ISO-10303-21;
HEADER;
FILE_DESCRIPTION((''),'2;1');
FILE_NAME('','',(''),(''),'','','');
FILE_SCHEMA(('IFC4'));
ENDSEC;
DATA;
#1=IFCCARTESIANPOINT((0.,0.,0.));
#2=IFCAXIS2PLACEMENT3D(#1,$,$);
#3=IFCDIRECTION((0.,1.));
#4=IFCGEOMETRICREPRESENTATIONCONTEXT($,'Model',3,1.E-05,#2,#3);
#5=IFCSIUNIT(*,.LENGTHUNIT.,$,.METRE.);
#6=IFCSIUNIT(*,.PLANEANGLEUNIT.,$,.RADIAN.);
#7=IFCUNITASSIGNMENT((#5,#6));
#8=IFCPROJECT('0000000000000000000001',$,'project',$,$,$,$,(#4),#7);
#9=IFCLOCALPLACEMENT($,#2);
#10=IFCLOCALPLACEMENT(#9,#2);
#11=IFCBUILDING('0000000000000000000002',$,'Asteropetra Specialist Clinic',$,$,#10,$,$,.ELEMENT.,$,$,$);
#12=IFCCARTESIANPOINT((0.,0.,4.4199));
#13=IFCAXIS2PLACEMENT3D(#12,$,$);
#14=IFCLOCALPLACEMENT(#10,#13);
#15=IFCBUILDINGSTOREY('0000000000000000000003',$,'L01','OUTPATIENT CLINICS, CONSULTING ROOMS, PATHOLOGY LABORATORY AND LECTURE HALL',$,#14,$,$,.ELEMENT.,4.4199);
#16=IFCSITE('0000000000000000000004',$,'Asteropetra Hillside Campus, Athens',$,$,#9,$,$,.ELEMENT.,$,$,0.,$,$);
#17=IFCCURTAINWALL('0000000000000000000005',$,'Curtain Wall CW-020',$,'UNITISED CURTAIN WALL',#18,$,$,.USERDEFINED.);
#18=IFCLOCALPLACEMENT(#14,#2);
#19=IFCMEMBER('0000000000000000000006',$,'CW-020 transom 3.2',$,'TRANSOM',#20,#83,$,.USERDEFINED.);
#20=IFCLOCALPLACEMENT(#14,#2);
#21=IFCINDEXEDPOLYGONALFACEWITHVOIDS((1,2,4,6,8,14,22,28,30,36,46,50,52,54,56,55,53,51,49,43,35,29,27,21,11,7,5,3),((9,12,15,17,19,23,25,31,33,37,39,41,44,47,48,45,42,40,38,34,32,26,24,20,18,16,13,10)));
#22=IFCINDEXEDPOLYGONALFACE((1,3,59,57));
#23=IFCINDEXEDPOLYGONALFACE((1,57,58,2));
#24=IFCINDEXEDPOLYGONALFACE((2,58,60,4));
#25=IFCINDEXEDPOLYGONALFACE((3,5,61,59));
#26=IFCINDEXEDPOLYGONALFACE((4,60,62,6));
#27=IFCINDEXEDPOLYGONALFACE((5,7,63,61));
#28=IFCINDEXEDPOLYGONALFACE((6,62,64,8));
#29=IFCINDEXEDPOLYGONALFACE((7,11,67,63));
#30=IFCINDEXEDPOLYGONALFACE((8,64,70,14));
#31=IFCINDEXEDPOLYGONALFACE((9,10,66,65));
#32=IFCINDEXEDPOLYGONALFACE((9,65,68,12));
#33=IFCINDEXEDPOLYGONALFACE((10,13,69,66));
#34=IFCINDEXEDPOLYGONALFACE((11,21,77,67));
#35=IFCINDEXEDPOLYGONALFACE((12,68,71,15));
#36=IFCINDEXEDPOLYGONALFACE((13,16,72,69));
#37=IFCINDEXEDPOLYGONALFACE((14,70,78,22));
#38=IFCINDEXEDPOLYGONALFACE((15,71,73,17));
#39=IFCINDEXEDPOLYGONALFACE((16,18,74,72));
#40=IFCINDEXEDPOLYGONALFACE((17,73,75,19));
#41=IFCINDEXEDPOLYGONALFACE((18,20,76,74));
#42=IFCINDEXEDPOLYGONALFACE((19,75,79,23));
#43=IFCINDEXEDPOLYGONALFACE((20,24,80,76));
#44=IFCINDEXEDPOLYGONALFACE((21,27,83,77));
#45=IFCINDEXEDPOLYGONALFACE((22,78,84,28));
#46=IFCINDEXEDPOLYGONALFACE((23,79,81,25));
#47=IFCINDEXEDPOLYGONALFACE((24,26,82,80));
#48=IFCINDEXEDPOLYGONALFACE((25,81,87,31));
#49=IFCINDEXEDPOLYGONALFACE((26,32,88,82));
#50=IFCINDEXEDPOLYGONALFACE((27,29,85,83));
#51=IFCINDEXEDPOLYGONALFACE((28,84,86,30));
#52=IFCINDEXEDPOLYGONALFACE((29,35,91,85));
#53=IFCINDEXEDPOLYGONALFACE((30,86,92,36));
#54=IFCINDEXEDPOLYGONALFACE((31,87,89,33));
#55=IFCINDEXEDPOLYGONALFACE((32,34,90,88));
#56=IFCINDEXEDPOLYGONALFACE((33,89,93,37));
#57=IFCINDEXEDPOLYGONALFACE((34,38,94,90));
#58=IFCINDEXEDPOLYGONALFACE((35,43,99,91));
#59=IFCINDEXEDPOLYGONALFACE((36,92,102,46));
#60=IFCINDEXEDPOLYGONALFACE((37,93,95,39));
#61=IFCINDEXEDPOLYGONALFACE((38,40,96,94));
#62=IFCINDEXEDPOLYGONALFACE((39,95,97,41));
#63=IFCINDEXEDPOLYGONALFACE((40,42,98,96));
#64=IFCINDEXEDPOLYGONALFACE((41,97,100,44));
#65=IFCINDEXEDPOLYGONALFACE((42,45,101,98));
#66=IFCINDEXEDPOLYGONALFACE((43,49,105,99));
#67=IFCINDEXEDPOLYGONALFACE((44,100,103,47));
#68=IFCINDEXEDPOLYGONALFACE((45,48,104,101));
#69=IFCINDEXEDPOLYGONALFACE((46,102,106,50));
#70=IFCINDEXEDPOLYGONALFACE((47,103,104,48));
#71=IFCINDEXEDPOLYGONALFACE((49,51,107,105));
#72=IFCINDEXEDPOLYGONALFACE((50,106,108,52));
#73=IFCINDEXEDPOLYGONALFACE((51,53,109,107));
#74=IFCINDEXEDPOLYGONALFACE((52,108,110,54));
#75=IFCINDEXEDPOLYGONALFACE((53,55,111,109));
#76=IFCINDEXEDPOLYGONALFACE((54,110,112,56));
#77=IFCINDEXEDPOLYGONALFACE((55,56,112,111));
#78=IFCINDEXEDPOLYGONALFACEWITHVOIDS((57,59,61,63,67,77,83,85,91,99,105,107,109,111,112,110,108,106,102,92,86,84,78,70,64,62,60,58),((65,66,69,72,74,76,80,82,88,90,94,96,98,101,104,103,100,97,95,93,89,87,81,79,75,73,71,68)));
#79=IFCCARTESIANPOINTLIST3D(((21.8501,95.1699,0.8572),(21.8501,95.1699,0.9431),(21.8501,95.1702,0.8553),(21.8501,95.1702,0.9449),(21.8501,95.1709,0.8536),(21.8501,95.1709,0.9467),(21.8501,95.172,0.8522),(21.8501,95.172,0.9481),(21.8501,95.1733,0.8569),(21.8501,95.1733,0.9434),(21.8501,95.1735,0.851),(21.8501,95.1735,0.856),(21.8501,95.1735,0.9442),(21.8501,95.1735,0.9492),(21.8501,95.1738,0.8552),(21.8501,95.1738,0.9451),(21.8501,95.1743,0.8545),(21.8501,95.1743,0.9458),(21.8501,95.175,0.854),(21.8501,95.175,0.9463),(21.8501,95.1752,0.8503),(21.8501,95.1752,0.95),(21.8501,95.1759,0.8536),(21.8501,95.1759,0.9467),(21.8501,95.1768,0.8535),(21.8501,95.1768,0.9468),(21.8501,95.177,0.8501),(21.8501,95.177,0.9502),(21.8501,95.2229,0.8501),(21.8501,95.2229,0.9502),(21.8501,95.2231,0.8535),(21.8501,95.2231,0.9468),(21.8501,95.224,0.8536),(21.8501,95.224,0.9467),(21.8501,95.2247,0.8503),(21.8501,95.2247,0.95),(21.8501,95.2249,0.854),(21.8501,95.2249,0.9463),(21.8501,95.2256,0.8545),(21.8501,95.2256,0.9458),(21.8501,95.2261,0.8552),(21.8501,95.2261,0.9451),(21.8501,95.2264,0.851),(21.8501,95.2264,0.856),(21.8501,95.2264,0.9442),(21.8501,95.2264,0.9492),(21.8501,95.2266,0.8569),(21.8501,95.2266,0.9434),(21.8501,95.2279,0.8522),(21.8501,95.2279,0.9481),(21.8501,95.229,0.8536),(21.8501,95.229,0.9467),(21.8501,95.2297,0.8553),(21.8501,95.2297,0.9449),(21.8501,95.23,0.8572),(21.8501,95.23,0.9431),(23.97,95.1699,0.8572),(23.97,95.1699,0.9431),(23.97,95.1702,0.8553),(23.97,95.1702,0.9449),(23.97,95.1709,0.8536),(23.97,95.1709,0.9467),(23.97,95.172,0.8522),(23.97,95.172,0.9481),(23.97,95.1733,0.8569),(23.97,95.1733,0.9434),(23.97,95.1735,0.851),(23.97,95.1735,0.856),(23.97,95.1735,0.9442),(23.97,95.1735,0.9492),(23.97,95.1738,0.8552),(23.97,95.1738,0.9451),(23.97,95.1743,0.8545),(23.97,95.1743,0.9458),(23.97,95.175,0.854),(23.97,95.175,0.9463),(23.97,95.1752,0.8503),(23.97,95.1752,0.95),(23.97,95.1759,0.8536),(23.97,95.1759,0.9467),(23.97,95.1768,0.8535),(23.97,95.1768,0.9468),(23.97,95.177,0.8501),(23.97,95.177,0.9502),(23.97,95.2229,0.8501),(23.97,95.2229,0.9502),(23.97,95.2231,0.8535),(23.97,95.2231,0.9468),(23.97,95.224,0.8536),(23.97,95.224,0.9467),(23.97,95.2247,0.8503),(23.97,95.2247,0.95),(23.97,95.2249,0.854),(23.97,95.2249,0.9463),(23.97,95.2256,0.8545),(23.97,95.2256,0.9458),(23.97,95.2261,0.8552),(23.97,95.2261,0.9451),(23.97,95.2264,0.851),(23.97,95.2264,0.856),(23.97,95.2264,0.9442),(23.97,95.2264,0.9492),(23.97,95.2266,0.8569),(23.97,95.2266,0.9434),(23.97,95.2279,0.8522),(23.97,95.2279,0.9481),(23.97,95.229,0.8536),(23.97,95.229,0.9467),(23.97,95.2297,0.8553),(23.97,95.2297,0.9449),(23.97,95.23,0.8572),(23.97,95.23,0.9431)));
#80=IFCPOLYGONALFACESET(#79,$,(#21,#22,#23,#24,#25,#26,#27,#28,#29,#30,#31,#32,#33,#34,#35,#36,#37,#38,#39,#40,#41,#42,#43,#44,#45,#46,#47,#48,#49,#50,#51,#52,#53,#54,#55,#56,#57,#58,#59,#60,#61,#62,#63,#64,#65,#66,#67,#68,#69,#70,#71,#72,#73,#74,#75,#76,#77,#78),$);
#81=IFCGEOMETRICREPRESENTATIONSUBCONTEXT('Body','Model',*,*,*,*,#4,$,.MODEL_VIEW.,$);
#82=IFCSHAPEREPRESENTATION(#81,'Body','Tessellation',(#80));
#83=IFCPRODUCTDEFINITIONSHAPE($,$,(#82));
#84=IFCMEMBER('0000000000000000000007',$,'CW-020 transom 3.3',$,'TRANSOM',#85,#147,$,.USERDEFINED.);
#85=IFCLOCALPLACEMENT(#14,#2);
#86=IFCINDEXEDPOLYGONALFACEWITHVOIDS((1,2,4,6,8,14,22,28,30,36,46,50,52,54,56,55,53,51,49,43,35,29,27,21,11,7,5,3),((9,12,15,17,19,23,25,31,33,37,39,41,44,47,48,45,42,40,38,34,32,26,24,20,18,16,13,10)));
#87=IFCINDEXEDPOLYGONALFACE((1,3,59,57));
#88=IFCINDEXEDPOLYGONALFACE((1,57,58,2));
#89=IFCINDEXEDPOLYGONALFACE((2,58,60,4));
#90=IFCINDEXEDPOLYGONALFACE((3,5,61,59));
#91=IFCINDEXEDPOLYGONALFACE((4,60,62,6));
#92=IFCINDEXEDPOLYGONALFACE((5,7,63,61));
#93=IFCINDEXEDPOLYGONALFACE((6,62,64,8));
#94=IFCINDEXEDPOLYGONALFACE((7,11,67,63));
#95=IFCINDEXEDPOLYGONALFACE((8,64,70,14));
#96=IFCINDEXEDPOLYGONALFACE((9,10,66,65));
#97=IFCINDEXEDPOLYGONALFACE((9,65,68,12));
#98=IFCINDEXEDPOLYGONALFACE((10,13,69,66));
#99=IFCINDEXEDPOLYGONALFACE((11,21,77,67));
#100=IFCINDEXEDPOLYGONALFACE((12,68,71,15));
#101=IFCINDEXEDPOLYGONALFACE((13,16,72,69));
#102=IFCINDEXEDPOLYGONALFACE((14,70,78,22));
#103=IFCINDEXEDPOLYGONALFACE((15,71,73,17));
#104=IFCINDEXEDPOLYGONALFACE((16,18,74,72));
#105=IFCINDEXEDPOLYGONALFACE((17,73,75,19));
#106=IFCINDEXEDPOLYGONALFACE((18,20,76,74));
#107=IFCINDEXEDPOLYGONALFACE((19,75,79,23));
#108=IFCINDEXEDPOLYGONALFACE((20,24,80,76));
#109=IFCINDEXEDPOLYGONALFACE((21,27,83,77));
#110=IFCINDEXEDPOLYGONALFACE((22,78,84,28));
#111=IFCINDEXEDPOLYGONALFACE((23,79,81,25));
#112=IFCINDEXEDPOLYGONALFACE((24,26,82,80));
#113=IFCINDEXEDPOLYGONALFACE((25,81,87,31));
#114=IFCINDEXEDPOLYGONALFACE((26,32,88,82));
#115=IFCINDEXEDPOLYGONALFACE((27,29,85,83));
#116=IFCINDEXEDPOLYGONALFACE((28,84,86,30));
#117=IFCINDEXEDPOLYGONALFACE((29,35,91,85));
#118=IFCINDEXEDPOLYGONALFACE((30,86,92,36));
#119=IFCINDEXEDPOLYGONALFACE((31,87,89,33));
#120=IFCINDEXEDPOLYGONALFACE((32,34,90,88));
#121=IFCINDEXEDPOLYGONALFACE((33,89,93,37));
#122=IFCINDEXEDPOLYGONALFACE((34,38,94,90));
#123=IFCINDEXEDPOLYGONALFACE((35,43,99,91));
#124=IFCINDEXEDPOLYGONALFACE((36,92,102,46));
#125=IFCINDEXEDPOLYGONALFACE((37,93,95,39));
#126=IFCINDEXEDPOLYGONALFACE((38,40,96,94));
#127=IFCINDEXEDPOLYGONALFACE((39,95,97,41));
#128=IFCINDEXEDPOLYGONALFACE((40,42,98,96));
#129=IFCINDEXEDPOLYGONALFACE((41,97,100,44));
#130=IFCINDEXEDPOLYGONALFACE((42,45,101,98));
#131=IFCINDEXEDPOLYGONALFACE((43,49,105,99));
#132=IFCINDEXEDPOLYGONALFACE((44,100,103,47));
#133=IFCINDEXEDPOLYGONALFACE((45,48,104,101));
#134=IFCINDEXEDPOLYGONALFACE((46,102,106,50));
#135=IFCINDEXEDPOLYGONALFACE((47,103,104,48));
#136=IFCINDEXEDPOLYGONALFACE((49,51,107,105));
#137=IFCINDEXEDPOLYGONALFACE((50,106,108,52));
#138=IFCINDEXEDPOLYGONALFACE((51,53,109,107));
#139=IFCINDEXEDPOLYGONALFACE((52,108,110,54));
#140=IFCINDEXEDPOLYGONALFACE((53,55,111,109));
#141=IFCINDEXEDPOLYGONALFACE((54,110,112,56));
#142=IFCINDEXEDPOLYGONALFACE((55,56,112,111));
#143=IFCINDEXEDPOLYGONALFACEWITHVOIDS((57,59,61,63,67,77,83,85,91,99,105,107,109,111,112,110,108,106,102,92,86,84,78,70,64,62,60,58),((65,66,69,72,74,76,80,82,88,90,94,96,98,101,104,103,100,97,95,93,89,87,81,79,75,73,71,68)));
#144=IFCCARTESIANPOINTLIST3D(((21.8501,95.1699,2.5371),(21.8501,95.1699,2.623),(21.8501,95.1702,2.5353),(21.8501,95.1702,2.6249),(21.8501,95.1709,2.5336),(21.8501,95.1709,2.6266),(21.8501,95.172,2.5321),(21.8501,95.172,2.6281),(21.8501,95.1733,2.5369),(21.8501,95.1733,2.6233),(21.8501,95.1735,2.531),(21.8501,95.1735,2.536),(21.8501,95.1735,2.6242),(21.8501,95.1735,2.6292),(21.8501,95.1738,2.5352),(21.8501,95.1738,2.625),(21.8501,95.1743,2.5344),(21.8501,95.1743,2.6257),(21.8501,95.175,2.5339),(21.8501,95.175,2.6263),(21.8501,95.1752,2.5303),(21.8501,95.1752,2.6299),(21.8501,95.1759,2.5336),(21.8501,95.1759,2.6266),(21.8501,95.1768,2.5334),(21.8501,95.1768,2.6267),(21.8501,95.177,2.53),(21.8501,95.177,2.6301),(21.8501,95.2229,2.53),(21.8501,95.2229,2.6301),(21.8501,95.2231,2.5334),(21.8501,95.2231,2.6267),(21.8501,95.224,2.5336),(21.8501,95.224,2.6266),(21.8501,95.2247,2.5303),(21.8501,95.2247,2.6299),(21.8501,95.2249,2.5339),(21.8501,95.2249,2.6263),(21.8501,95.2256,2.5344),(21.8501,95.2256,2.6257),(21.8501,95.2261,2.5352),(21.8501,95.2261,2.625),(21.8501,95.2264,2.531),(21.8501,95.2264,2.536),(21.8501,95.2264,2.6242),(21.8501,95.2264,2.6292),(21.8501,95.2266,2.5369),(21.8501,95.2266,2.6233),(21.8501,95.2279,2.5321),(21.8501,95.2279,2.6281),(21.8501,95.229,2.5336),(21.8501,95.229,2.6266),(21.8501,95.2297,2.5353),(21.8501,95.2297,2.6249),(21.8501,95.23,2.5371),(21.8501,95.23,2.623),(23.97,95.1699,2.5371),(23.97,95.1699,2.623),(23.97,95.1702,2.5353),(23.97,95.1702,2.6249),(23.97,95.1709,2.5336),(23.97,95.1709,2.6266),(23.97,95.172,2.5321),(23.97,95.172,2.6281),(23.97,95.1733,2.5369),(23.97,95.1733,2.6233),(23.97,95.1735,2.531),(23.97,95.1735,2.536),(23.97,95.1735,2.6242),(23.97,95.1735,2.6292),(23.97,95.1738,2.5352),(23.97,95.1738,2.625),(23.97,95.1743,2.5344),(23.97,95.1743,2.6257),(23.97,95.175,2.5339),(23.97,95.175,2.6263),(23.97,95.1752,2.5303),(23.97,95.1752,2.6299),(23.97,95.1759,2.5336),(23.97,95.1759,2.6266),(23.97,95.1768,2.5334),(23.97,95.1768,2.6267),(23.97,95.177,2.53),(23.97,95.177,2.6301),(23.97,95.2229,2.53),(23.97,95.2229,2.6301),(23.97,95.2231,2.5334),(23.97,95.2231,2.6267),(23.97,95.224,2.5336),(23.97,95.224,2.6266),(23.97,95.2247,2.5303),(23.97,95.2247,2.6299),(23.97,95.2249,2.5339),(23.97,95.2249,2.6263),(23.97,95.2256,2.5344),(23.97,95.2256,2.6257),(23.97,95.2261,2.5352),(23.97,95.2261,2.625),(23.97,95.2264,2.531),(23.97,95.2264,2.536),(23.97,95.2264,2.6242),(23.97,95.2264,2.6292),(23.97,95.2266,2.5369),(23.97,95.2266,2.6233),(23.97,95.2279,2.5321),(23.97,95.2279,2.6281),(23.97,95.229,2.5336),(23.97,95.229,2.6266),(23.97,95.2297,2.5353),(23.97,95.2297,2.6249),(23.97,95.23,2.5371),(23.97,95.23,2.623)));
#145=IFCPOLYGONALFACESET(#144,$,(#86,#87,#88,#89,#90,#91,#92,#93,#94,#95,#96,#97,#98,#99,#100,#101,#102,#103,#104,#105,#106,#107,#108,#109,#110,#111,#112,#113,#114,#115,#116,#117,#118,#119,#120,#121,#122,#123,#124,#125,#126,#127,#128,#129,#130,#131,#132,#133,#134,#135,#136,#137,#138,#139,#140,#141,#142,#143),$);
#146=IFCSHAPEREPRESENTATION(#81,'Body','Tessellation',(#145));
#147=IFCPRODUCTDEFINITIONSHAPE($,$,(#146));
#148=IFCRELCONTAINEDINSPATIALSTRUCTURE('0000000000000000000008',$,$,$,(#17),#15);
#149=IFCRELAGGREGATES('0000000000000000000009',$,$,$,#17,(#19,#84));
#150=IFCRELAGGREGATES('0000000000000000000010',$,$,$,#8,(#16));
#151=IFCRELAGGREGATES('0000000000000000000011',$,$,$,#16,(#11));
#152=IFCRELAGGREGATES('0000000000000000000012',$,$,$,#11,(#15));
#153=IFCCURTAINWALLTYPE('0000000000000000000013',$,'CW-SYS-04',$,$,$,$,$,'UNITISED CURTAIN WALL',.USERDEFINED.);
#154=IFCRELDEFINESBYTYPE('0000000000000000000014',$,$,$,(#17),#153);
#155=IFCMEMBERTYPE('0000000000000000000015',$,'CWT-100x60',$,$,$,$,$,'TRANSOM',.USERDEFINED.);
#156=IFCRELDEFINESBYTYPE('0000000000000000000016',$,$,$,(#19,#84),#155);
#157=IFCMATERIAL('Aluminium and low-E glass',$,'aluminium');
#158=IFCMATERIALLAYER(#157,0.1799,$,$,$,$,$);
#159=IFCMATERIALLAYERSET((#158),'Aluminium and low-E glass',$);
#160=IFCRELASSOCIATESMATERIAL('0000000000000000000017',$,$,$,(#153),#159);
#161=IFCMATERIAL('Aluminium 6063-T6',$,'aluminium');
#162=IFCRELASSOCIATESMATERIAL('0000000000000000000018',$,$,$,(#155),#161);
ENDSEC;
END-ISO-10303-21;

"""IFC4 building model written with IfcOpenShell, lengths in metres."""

from ifc_helpers import new_model, si_unit, direction, frame, origin, origin_2d, place, context, subcontext, project, spatial, hollow_rectangle, extrude, material, layer, layer_set, material_profile, profile_set, type_object, element, aggregate, save


model = new_model("IFC4")

# Units and contexts
model_context = context("Model", 3, precision=1e-05, world=origin(), true_north=direction((0.0, 1.0)))
body_context = subcontext(model_context, "Body", "Model", "MODEL_VIEW")
ifc_project = project(units=[si_unit("LENGTHUNIT", "METRE"), si_unit("PLANEANGLEUNIT", "RADIAN")], contexts=[model_context])

# Site, building, storey
site_placement = place(None, origin())
site = spatial("IfcSite", under=ifc_project, at=site_placement, Name="Asteropetra Hillside Campus, Athens", CompositionType="ELEMENT", RefElevation=0.0)
building_placement = place(site_placement, origin())
building = spatial("IfcBuilding", under=site, at=building_placement, Name="Asteropetra Specialist Clinic", CompositionType="ELEMENT")
storey_placement = place(building_placement, frame((0.0, 0.0, 4.4199)))
storey = spatial("IfcBuildingStorey", under=building, at=storey_placement, Name="L01", Description="OUTPATIENT CLINICS, CONSULTING ROOMS, PATHOLOGY LABORATORY AND LECTURE HALL", CompositionType="ELEMENT", Elevation=4.4199)

# Curtain wall, members
ifc_material_1 = material(Name="Aluminium and low-E glass", Category="aluminium")
ifc_layer_1 = layer(ifc_material_1, 0.1799)
ifc_layer_set_1 = layer_set([ifc_layer_1], Name="Aluminium and low-E glass")
curtain_wall_type = type_object("IfcCurtainWallType", Name="CW-SYS-04", ElementType="UNITISED CURTAIN WALL", PredefinedType="USERDEFINED", material=ifc_layer_set_1)
curtain_wall_placement = place(storey_placement, origin())
curtain_wall = element("IfcCurtainWall", 1, at=curtain_wall_placement, inside=storey, type_object=curtain_wall_type, Name="Curtain Wall CW-020", ObjectType="UNITISED CURTAIN WALL", PredefinedType="USERDEFINED")
ifc_material_2 = material(Name="Aluminium 6063-T6", Category="aluminium")
ifc_material_profile_1 = material_profile(ifc_material_2, hollow_rectangle(XDim=0.0601, YDim=0.1001, WallThickness=0.0034, InnerFilletRadius=0.0034, OuterFilletRadius=0.0071, at=origin_2d()), Name="TRN 100x60x3.5")
ifc_profile_set_1 = profile_set([ifc_material_profile_1], Name="Aluminium 6063-T6")
member_type_1 = type_object("IfcMemberType", Name="CWT-100x60", ElementType="TRANSOM", PredefinedType="USERDEFINED", material=ifc_profile_set_1)
member_1_placement = place(storey_placement, frame((23.97, 95.2, 0.9001), z_axis=(-1.0, 0.0, 0.0), x_axis=(0.0, -1.0, 0.0)))
member_1 = element("IfcMember", 2, at=member_1_placement, type_object=member_type_1, Name="CW-020 transom 3.2", ObjectType="TRANSOM", PredefinedType="USERDEFINED", context=body_context, shape_type="SweptSolid", body=[
    extrude(hollow_rectangle(XDim=0.0601, YDim=0.1001, WallThickness=0.0034, InnerFilletRadius=0.0034, OuterFilletRadius=0.0071, at=origin_2d()), origin(), (0.0, 0.0, 1.0), 2.1199),
])
member_2_placement = place(storey_placement, frame((23.97, 95.2, 2.5801), z_axis=(-1.0, 0.0, 0.0), x_axis=(0.0, -1.0, 0.0)))
member_2 = element("IfcMember", 3, at=member_2_placement, type_object=member_type_1, Name="CW-020 transom 3.3", ObjectType="TRANSOM", PredefinedType="USERDEFINED", context=body_context, shape_type="SweptSolid", body=[
    extrude(hollow_rectangle(XDim=0.0601, YDim=0.1001, WallThickness=0.0034, InnerFilletRadius=0.0034, OuterFilletRadius=0.0071, at=origin_2d()), origin(), (0.0, 0.0, 1.0), 2.1199),
])
aggregate(curtain_wall, [member_1, member_2])

save(model, "model.ifc")
